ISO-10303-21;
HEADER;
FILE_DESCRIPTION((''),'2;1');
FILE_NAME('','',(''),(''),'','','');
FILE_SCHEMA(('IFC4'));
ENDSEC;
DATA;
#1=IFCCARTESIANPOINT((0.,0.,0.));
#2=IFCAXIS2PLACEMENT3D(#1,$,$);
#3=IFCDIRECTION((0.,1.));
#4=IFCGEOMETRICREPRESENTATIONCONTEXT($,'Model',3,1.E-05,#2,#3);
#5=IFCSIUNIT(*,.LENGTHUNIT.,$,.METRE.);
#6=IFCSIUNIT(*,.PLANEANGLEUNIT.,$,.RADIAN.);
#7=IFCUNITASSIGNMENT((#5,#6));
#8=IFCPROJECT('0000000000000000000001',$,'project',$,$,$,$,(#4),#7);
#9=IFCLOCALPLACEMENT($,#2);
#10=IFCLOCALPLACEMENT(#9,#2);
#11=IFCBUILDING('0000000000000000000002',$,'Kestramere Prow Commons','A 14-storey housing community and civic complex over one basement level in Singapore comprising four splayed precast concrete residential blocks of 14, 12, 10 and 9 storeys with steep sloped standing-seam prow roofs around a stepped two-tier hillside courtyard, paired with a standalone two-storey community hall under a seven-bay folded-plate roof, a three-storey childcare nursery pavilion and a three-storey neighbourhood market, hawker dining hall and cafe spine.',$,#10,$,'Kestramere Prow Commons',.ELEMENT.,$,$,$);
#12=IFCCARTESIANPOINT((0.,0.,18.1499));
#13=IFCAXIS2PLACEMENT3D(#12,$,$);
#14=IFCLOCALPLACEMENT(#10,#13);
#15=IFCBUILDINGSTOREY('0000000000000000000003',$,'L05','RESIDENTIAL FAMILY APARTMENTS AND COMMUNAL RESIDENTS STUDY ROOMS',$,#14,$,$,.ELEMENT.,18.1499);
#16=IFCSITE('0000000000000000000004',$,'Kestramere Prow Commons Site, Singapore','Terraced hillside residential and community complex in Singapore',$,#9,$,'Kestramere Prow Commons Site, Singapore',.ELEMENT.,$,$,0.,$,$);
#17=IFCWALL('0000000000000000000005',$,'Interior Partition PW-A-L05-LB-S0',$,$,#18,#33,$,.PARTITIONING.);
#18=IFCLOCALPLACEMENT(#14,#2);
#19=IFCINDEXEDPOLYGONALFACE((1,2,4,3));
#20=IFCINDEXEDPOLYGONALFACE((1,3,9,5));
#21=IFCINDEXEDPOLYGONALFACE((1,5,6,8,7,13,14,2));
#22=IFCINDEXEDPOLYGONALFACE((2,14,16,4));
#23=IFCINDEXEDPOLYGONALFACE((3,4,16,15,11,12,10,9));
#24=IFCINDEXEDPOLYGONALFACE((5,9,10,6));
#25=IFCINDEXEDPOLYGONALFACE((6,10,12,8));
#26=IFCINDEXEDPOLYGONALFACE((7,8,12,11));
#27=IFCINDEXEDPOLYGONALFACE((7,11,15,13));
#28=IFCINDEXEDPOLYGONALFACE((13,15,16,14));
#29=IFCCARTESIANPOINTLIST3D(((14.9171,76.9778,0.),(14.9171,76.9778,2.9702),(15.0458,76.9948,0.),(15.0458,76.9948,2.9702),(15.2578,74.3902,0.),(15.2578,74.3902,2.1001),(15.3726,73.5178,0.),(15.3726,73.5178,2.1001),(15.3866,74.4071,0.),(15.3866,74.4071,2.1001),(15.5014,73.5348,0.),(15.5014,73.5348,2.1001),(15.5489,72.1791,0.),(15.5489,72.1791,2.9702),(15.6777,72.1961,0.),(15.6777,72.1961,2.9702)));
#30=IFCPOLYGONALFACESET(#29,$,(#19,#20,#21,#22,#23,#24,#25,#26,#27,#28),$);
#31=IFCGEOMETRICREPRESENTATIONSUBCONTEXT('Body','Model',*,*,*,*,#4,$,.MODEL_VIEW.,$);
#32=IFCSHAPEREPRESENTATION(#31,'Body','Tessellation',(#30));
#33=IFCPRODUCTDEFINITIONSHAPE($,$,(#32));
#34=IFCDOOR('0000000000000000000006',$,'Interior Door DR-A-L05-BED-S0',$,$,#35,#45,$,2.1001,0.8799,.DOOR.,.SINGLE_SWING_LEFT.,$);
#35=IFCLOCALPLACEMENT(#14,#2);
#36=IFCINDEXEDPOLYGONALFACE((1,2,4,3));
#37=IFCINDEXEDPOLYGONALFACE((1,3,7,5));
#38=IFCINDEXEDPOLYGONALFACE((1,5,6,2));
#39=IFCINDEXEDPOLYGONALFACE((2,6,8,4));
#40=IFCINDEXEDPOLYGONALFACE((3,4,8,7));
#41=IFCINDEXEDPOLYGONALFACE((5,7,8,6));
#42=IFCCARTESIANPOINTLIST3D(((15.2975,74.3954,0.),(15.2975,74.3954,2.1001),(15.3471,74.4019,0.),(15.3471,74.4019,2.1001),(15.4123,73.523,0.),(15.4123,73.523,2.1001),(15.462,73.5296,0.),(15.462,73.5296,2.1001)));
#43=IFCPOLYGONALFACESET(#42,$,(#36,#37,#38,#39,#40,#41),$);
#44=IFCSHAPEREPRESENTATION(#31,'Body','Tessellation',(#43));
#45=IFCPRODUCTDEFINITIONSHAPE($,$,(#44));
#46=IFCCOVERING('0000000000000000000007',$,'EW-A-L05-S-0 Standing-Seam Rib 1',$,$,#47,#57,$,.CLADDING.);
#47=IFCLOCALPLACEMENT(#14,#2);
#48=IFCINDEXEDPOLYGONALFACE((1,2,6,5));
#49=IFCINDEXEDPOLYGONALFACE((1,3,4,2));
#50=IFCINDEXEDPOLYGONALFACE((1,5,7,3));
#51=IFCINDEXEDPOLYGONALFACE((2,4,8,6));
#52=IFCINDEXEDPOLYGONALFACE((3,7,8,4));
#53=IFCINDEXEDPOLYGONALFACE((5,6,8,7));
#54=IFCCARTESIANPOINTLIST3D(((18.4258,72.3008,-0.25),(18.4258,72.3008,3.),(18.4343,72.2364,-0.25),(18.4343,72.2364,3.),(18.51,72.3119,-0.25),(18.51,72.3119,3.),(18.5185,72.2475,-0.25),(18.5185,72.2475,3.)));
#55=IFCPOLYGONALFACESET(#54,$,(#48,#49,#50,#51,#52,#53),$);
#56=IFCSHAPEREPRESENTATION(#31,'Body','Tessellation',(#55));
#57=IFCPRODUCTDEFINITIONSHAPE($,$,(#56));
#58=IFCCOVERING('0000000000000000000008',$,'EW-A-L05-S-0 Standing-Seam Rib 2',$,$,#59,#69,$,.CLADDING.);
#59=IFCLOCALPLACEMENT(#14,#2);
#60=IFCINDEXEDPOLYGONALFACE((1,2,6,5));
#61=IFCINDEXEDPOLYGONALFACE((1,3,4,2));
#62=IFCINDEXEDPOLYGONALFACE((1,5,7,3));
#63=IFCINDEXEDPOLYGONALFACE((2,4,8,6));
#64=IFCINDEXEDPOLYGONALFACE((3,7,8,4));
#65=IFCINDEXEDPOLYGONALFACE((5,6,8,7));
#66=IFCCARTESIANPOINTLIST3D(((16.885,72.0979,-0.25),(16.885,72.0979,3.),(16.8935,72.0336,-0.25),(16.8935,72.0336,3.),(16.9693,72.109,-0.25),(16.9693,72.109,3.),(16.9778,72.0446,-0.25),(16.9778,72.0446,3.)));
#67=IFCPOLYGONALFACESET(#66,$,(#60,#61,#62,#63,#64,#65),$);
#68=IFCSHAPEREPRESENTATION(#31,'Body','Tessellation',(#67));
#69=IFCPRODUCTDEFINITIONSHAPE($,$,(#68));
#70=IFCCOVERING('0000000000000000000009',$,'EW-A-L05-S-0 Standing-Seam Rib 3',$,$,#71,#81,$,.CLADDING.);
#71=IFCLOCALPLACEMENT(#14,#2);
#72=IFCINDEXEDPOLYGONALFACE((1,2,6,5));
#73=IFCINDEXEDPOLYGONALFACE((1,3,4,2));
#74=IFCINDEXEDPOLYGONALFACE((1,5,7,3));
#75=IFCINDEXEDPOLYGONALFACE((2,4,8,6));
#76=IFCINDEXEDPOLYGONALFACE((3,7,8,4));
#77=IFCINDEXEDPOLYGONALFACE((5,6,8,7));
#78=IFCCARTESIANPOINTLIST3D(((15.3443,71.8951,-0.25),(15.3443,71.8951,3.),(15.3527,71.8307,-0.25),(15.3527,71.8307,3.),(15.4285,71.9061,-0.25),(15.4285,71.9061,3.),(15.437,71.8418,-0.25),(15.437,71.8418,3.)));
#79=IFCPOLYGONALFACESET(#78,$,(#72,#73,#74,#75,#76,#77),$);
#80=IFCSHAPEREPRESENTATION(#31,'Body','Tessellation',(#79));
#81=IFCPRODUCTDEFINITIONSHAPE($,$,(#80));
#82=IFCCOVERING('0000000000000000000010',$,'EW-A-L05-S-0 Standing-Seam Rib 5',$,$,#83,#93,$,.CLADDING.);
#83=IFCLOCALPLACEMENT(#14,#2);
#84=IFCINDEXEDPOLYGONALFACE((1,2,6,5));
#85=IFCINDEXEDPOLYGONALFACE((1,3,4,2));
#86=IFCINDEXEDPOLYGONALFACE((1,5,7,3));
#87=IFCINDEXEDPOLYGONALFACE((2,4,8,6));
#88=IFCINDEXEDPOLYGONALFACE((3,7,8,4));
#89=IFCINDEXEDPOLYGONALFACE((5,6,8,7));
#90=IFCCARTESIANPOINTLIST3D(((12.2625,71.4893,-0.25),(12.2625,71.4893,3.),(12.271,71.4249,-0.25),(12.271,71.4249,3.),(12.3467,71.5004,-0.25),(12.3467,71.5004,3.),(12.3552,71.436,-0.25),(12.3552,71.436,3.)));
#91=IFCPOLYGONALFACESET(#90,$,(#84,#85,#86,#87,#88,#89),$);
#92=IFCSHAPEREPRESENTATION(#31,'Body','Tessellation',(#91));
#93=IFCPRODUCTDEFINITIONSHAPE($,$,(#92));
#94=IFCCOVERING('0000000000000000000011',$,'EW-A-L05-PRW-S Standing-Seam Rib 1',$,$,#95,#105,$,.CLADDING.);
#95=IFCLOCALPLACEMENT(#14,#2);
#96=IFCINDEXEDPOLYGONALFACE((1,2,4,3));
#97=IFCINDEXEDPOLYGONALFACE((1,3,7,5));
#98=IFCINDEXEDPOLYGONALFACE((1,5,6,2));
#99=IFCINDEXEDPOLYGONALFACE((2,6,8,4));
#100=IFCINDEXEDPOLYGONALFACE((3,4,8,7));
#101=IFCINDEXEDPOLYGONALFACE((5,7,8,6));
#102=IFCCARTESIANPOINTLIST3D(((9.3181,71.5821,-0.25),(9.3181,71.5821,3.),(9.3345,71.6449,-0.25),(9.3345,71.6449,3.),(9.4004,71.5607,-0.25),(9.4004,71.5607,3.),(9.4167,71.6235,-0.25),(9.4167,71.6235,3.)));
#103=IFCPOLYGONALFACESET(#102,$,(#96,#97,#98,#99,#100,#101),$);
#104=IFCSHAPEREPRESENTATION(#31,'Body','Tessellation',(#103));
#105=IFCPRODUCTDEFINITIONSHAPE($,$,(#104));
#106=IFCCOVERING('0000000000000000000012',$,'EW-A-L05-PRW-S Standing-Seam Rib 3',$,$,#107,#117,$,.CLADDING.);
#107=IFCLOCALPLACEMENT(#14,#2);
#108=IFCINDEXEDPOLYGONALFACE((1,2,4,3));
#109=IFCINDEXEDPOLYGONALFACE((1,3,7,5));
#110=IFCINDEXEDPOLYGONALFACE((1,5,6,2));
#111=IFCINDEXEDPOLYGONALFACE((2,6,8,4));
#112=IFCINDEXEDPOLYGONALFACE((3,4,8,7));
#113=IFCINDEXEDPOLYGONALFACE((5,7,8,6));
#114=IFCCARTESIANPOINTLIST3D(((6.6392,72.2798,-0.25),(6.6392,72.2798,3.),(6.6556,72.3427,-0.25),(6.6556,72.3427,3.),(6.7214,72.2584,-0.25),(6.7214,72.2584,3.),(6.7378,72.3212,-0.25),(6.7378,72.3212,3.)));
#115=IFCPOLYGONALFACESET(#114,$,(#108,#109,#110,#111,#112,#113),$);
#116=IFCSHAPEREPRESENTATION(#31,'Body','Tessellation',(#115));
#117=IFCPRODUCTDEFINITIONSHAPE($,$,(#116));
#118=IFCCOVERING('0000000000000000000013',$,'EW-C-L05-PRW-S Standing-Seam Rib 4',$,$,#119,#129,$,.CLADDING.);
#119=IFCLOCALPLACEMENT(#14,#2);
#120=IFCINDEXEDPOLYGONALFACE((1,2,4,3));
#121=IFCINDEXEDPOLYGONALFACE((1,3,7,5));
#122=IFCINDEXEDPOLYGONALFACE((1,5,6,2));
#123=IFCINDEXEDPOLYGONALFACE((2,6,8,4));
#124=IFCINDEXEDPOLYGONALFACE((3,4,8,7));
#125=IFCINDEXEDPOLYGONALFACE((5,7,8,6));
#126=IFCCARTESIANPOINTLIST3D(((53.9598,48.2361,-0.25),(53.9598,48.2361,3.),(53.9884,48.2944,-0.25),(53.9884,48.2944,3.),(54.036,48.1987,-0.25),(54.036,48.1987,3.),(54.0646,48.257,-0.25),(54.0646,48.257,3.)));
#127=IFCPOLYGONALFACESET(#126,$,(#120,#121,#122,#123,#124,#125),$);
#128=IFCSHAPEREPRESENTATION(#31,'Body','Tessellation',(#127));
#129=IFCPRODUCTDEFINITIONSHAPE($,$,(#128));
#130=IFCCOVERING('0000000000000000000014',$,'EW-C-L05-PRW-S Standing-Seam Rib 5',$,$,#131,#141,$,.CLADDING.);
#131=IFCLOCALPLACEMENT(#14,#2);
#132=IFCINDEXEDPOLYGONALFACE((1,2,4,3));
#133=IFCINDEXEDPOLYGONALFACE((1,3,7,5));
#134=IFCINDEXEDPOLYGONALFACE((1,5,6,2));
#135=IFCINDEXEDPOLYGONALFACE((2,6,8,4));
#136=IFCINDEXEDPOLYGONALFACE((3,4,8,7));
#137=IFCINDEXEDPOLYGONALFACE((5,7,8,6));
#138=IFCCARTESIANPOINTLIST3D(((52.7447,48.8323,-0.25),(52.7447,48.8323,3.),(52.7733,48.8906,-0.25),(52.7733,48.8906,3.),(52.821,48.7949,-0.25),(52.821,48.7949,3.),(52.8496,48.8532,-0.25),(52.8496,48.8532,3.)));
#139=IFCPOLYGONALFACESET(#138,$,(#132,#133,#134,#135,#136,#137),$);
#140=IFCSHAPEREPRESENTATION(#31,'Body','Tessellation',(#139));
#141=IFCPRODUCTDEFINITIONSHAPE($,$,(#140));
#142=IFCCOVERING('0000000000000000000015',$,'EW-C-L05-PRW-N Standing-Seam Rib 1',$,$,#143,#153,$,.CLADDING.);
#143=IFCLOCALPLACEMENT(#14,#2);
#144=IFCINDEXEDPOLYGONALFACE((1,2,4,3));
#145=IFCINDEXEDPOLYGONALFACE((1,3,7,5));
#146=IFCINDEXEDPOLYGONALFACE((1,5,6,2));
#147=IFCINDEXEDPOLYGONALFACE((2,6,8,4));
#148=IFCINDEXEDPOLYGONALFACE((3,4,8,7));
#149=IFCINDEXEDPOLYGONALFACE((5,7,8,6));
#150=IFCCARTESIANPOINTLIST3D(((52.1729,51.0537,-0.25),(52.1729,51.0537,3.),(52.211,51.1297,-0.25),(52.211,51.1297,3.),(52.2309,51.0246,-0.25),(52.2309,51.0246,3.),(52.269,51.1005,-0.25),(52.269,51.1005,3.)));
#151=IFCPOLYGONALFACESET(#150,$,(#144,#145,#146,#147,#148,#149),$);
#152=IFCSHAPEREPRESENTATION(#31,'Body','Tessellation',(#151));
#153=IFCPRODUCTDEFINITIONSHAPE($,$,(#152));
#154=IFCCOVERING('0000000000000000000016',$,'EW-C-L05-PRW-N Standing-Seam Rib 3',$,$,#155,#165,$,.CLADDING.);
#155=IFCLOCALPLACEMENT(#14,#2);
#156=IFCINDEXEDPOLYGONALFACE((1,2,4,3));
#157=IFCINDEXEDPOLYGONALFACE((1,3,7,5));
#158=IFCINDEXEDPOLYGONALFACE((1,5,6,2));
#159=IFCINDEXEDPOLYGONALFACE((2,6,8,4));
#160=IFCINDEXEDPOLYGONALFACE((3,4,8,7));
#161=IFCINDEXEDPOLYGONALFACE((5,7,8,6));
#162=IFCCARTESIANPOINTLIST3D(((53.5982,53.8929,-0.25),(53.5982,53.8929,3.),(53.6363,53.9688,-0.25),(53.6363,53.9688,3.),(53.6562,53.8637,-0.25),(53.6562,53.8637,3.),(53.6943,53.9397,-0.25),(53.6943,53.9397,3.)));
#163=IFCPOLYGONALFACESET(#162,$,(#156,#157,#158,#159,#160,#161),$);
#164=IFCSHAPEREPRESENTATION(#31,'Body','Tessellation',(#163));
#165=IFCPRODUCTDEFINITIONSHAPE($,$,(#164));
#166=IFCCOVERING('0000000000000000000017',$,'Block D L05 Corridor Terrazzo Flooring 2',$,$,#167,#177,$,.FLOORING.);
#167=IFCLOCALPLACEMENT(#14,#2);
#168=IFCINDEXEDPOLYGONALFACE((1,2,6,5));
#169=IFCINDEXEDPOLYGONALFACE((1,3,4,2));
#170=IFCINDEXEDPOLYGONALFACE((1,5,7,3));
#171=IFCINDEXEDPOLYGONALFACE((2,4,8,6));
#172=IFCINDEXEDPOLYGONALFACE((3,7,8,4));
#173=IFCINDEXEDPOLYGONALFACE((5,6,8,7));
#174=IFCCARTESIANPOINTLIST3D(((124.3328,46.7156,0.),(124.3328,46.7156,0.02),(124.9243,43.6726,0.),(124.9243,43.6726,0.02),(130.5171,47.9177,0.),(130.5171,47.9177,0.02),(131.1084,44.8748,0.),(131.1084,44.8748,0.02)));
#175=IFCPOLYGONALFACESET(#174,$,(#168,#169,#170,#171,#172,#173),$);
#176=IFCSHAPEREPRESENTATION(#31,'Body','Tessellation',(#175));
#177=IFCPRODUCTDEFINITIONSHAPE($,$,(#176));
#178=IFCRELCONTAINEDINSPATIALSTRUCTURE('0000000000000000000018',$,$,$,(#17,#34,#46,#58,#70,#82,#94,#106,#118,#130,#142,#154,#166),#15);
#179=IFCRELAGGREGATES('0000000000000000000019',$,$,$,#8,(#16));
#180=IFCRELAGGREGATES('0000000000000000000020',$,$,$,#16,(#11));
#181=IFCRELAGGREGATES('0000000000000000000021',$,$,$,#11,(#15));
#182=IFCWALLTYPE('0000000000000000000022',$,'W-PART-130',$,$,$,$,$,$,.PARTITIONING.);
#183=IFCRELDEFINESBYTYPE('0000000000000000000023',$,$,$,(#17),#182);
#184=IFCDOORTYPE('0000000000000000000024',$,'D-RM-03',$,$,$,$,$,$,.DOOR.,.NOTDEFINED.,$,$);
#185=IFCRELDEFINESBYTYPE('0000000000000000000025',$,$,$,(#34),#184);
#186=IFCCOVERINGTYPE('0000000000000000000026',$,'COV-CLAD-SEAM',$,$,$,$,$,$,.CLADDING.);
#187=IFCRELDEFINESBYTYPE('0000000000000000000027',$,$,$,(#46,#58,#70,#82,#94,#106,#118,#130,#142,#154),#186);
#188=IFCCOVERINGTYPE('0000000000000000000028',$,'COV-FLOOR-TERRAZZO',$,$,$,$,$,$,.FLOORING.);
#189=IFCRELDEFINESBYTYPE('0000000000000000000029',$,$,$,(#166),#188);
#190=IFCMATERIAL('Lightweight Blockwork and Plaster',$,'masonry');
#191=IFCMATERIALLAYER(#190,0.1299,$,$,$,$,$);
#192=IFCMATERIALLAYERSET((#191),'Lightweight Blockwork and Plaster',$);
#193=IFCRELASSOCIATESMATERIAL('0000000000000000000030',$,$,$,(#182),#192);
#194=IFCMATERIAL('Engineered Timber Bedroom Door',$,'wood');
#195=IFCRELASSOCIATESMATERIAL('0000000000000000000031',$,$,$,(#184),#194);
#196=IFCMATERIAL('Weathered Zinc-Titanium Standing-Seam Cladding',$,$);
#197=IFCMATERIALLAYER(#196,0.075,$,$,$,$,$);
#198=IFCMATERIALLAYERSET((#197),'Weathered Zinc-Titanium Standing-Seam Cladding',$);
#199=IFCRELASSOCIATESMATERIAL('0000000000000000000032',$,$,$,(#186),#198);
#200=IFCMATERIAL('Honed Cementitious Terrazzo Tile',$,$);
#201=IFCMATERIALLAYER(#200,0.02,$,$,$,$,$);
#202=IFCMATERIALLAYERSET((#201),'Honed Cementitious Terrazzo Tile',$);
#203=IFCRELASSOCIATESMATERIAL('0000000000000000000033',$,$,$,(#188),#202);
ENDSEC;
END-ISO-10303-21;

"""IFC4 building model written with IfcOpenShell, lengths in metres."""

from ifc_helpers import new_model, si_unit, direction, frame, frame_2d, origin, origin_2d, place, context, subcontext, project, spatial, polyline, rectangle, outline, extrude, material, layer, layer_set, type_object, element, fill, save


model = new_model("IFC4")

# Units and contexts
model_context = context("Model", 3, precision=1e-05, world=origin(), true_north=direction((0.0, 1.0)))
body_context = subcontext(model_context, "Body", "Model", "MODEL_VIEW")
ifc_project = project(units=[si_unit("LENGTHUNIT", "METRE"), si_unit("PLANEANGLEUNIT", "RADIAN")], contexts=[model_context])

# Site, building, storey
site_placement = place(None, origin())
site = spatial("IfcSite", under=ifc_project, at=site_placement, Name="Kestramere Prow Commons Site, Singapore", Description="Terraced hillside residential and community complex in Singapore", LongName="Kestramere Prow Commons Site, Singapore", CompositionType="ELEMENT", RefElevation=0.0)
building_placement = place(site_placement, origin())
building = spatial("IfcBuilding", under=site, at=building_placement, Name="Kestramere Prow Commons", Description="A 14-storey housing community and civic complex over one basement level in Singapore comprising four splayed precast concrete residential blocks of 14, 12, 10 and 9 storeys with steep sloped standing-seam prow roofs around a stepped two-tier hillside courtyard, paired with a standalone two-storey community hall under a seven-bay folded-plate roof, a three-storey childcare nursery pavilion and a three-storey neighbourhood market, hawker dining hall and cafe spine.", LongName="Kestramere Prow Commons", CompositionType="ELEMENT")
storey_placement = place(building_placement, frame((0.0, 0.0, 18.1499)))
storey = spatial("IfcBuildingStorey", under=building, at=storey_placement, Name="L05", Description="RESIDENTIAL FAMILY APARTMENTS AND COMMUNAL RESIDENTS STUDY ROOMS", CompositionType="ELEMENT", Elevation=18.1499)

# Shared definitions
ifc_material_1 = material(Name="Weathered Zinc-Titanium Standing-Seam Cladding")

# Wall, opening, door
ifc_material_2 = material(Name="Lightweight Blockwork and Plaster", Category="masonry")
ifc_layer_1 = layer(ifc_material_2, 0.1299)
ifc_layer_set_1 = layer_set([ifc_layer_1], Name="Lightweight Blockwork and Plaster")
wall_type_1 = type_object("IfcWallType", Name="W-PART-130", PredefinedType="PARTITIONING", material=ifc_layer_set_1)
wall_1_placement = place(storey_placement, frame((15.6133, 72.1877, 0.0), z_axis=(0.0, 0.0, 1.0), x_axis=(-0.130545, 0.991442, 0.0)))
wall_1 = element("IfcWall", 1, at=wall_1_placement, inside=storey, type_object=wall_type_1, Name="Interior Partition PW-A-L05-LB-S0", PredefinedType="PARTITIONING", context=body_context, shape_type="SweptSolid", body=[
    extrude(rectangle(XDim=4.8401, YDim=0.1299, at=frame_2d((2.4199, 0.0))), origin(), (0.0, 0.0, 1.0), 2.9702),
])
opening_1_placement = place(wall_1_placement, frame((1.3501, 0.0, 0.0)))
opening_1 = element("IfcOpeningElement", 2, at=opening_1_placement, cuts=wall_1, PredefinedType="OPENING", context=body_context, shape_type="SweptSolid", body=[
    extrude(rectangle(XDim=0.8799, YDim=2.1001, at=frame_2d((0.4399, 1.05))), frame((0.0, 0.0798, 0.0), z_axis=(0.0, -1.0, 0.0), x_axis=(1.0, 0.0, 0.0)), (0.0, 0.0, 1.0), 0.1599),
])
ifc_material_3 = material(Name="Engineered Timber Bedroom Door", Category="wood")
door_type = type_object("IfcDoorType", Name="D-RM-03", OperationType="NOTDEFINED", PredefinedType="DOOR", material=ifc_material_3)
door_placement = place(opening_1_placement, origin())
door = element("IfcDoor", 3, at=door_placement, inside=storey, type_object=door_type, Name="Interior Door DR-A-L05-BED-S0", OperationType="SINGLE_SWING_LEFT", OverallHeight=2.1001, OverallWidth=0.8799, PredefinedType="DOOR", context=body_context, shape_type="SweptSolid", body=[
    extrude(rectangle(XDim=0.8799, YDim=2.1001, at=frame_2d((0.4399, 1.05))), frame((0.0, 0.0249, 0.0), z_axis=(0.0, -1.0, 0.0), x_axis=(1.0, 0.0, 0.0)), (0.0, 0.0, 1.0), 0.05),
])
fill(opening_1, door)

# Coverings
ifc_layer_2 = layer(ifc_material_1, 0.075)
ifc_layer_set_2 = layer_set([ifc_layer_2], Name="Weathered Zinc-Titanium Standing-Seam Cladding")
covering_type_1 = type_object("IfcCoveringType", Name="COV-CLAD-SEAM", PredefinedType="CLADDING", material=ifc_layer_set_2)
for number, where, z_axis, x_axis, name in (
    (4, (18.4722, 72.2742, -0.25), (0.0, 0.0, 1.0), (-0.991445, -0.130526, 0.0), "EW-A-L05-S-0 Standing-Seam Rib 1"),
    (5, (16.9314, 72.0713, -0.25), (0.0, 0.0, 1.0), (-0.991445, -0.130526, 0.0), "EW-A-L05-S-0 Standing-Seam Rib 2"),
    (6, (15.3906, 71.8684, -0.25), (0.0, 0.0, 1.0), (-0.991445, -0.130526, 0.0), "EW-A-L05-S-0 Standing-Seam Rib 3"),
    (7, (12.3088, 71.4626, -0.25), (0.0, 0.0, 1.0), (-0.991445, -0.130526, 0.0), "EW-A-L05-S-0 Standing-Seam Rib 5"),
    (8, (9.3674, 71.6028, -0.25), (0.0, 0.0, 1.0), (-0.967698, 0.252112, 0.0), "EW-A-L05-PRW-S Standing-Seam Rib 1"),
    (9, (6.6885, 72.3005, -0.25), (0.0, 0.0, 1.0), (-0.967698, 0.252112, 0.0), "EW-A-L05-PRW-S Standing-Seam Rib 3"),
    (10, (54.0122, 48.2466, -0.25), (0.0, 0.0, 1.0), (-0.897771, 0.440463, 0.0), "EW-C-L05-PRW-S Standing-Seam Rib 4"),
    (11, (52.7971, 48.8428, -0.25), (0.0, 0.0, 1.0), (-0.897771, 0.440463, 0.0), "EW-C-L05-PRW-S Standing-Seam Rib 5"),
    (12, (52.2209, 51.0771, -0.25), (0.0, 0.0, 1.0), (0.44862, 0.893722, 0.0), "EW-C-L05-PRW-N Standing-Seam Rib 1"),
    (13, (53.6462, 53.9163, -0.25), (0.0, 0.0, 1.0), (0.44862, 0.893722, 0.0), "EW-C-L05-PRW-N Standing-Seam Rib 3"),
):
    element("IfcCovering", number, at=place(storey_placement, frame(where, z_axis=z_axis, x_axis=x_axis)), inside=storey, type_object=covering_type_1, Name=name, PredefinedType="CLADDING", context=body_context, shape_type="SweptSolid", body=[
        extrude(rectangle(XDim=0.085, YDim=0.0649, at=origin_2d()), origin(), (0.0, 0.0, 1.0), 3.25),
    ])
ifc_material_4 = material(Name="Honed Cementitious Terrazzo Tile")
ifc_layer_3 = layer(ifc_material_4, 0.02)
ifc_layer_set_3 = layer_set([ifc_layer_3], Name="Honed Cementitious Terrazzo Tile")
covering_type_2 = type_object("IfcCoveringType", Name="COV-FLOOR-TERRAZZO", PredefinedType="FLOORING", material=ifc_layer_set_3)
covering_placement = place(storey_placement, origin())
element("IfcCovering", 14, at=covering_placement, inside=storey, type_object=covering_type_2, Name="Block D L05 Corridor Terrazzo Flooring 2", PredefinedType="FLOORING", context=body_context, shape_type="SweptSolid", body=[
    extrude(outline(polyline([(124.9243, 43.6726), (131.1084, 44.8748), (130.5171, 47.9177), (124.3328, 46.7156), (124.9243, 43.6726)])), origin(), (0.0, 0.0, 1.0), 0.02),
])

save(model, "model.ifc")
